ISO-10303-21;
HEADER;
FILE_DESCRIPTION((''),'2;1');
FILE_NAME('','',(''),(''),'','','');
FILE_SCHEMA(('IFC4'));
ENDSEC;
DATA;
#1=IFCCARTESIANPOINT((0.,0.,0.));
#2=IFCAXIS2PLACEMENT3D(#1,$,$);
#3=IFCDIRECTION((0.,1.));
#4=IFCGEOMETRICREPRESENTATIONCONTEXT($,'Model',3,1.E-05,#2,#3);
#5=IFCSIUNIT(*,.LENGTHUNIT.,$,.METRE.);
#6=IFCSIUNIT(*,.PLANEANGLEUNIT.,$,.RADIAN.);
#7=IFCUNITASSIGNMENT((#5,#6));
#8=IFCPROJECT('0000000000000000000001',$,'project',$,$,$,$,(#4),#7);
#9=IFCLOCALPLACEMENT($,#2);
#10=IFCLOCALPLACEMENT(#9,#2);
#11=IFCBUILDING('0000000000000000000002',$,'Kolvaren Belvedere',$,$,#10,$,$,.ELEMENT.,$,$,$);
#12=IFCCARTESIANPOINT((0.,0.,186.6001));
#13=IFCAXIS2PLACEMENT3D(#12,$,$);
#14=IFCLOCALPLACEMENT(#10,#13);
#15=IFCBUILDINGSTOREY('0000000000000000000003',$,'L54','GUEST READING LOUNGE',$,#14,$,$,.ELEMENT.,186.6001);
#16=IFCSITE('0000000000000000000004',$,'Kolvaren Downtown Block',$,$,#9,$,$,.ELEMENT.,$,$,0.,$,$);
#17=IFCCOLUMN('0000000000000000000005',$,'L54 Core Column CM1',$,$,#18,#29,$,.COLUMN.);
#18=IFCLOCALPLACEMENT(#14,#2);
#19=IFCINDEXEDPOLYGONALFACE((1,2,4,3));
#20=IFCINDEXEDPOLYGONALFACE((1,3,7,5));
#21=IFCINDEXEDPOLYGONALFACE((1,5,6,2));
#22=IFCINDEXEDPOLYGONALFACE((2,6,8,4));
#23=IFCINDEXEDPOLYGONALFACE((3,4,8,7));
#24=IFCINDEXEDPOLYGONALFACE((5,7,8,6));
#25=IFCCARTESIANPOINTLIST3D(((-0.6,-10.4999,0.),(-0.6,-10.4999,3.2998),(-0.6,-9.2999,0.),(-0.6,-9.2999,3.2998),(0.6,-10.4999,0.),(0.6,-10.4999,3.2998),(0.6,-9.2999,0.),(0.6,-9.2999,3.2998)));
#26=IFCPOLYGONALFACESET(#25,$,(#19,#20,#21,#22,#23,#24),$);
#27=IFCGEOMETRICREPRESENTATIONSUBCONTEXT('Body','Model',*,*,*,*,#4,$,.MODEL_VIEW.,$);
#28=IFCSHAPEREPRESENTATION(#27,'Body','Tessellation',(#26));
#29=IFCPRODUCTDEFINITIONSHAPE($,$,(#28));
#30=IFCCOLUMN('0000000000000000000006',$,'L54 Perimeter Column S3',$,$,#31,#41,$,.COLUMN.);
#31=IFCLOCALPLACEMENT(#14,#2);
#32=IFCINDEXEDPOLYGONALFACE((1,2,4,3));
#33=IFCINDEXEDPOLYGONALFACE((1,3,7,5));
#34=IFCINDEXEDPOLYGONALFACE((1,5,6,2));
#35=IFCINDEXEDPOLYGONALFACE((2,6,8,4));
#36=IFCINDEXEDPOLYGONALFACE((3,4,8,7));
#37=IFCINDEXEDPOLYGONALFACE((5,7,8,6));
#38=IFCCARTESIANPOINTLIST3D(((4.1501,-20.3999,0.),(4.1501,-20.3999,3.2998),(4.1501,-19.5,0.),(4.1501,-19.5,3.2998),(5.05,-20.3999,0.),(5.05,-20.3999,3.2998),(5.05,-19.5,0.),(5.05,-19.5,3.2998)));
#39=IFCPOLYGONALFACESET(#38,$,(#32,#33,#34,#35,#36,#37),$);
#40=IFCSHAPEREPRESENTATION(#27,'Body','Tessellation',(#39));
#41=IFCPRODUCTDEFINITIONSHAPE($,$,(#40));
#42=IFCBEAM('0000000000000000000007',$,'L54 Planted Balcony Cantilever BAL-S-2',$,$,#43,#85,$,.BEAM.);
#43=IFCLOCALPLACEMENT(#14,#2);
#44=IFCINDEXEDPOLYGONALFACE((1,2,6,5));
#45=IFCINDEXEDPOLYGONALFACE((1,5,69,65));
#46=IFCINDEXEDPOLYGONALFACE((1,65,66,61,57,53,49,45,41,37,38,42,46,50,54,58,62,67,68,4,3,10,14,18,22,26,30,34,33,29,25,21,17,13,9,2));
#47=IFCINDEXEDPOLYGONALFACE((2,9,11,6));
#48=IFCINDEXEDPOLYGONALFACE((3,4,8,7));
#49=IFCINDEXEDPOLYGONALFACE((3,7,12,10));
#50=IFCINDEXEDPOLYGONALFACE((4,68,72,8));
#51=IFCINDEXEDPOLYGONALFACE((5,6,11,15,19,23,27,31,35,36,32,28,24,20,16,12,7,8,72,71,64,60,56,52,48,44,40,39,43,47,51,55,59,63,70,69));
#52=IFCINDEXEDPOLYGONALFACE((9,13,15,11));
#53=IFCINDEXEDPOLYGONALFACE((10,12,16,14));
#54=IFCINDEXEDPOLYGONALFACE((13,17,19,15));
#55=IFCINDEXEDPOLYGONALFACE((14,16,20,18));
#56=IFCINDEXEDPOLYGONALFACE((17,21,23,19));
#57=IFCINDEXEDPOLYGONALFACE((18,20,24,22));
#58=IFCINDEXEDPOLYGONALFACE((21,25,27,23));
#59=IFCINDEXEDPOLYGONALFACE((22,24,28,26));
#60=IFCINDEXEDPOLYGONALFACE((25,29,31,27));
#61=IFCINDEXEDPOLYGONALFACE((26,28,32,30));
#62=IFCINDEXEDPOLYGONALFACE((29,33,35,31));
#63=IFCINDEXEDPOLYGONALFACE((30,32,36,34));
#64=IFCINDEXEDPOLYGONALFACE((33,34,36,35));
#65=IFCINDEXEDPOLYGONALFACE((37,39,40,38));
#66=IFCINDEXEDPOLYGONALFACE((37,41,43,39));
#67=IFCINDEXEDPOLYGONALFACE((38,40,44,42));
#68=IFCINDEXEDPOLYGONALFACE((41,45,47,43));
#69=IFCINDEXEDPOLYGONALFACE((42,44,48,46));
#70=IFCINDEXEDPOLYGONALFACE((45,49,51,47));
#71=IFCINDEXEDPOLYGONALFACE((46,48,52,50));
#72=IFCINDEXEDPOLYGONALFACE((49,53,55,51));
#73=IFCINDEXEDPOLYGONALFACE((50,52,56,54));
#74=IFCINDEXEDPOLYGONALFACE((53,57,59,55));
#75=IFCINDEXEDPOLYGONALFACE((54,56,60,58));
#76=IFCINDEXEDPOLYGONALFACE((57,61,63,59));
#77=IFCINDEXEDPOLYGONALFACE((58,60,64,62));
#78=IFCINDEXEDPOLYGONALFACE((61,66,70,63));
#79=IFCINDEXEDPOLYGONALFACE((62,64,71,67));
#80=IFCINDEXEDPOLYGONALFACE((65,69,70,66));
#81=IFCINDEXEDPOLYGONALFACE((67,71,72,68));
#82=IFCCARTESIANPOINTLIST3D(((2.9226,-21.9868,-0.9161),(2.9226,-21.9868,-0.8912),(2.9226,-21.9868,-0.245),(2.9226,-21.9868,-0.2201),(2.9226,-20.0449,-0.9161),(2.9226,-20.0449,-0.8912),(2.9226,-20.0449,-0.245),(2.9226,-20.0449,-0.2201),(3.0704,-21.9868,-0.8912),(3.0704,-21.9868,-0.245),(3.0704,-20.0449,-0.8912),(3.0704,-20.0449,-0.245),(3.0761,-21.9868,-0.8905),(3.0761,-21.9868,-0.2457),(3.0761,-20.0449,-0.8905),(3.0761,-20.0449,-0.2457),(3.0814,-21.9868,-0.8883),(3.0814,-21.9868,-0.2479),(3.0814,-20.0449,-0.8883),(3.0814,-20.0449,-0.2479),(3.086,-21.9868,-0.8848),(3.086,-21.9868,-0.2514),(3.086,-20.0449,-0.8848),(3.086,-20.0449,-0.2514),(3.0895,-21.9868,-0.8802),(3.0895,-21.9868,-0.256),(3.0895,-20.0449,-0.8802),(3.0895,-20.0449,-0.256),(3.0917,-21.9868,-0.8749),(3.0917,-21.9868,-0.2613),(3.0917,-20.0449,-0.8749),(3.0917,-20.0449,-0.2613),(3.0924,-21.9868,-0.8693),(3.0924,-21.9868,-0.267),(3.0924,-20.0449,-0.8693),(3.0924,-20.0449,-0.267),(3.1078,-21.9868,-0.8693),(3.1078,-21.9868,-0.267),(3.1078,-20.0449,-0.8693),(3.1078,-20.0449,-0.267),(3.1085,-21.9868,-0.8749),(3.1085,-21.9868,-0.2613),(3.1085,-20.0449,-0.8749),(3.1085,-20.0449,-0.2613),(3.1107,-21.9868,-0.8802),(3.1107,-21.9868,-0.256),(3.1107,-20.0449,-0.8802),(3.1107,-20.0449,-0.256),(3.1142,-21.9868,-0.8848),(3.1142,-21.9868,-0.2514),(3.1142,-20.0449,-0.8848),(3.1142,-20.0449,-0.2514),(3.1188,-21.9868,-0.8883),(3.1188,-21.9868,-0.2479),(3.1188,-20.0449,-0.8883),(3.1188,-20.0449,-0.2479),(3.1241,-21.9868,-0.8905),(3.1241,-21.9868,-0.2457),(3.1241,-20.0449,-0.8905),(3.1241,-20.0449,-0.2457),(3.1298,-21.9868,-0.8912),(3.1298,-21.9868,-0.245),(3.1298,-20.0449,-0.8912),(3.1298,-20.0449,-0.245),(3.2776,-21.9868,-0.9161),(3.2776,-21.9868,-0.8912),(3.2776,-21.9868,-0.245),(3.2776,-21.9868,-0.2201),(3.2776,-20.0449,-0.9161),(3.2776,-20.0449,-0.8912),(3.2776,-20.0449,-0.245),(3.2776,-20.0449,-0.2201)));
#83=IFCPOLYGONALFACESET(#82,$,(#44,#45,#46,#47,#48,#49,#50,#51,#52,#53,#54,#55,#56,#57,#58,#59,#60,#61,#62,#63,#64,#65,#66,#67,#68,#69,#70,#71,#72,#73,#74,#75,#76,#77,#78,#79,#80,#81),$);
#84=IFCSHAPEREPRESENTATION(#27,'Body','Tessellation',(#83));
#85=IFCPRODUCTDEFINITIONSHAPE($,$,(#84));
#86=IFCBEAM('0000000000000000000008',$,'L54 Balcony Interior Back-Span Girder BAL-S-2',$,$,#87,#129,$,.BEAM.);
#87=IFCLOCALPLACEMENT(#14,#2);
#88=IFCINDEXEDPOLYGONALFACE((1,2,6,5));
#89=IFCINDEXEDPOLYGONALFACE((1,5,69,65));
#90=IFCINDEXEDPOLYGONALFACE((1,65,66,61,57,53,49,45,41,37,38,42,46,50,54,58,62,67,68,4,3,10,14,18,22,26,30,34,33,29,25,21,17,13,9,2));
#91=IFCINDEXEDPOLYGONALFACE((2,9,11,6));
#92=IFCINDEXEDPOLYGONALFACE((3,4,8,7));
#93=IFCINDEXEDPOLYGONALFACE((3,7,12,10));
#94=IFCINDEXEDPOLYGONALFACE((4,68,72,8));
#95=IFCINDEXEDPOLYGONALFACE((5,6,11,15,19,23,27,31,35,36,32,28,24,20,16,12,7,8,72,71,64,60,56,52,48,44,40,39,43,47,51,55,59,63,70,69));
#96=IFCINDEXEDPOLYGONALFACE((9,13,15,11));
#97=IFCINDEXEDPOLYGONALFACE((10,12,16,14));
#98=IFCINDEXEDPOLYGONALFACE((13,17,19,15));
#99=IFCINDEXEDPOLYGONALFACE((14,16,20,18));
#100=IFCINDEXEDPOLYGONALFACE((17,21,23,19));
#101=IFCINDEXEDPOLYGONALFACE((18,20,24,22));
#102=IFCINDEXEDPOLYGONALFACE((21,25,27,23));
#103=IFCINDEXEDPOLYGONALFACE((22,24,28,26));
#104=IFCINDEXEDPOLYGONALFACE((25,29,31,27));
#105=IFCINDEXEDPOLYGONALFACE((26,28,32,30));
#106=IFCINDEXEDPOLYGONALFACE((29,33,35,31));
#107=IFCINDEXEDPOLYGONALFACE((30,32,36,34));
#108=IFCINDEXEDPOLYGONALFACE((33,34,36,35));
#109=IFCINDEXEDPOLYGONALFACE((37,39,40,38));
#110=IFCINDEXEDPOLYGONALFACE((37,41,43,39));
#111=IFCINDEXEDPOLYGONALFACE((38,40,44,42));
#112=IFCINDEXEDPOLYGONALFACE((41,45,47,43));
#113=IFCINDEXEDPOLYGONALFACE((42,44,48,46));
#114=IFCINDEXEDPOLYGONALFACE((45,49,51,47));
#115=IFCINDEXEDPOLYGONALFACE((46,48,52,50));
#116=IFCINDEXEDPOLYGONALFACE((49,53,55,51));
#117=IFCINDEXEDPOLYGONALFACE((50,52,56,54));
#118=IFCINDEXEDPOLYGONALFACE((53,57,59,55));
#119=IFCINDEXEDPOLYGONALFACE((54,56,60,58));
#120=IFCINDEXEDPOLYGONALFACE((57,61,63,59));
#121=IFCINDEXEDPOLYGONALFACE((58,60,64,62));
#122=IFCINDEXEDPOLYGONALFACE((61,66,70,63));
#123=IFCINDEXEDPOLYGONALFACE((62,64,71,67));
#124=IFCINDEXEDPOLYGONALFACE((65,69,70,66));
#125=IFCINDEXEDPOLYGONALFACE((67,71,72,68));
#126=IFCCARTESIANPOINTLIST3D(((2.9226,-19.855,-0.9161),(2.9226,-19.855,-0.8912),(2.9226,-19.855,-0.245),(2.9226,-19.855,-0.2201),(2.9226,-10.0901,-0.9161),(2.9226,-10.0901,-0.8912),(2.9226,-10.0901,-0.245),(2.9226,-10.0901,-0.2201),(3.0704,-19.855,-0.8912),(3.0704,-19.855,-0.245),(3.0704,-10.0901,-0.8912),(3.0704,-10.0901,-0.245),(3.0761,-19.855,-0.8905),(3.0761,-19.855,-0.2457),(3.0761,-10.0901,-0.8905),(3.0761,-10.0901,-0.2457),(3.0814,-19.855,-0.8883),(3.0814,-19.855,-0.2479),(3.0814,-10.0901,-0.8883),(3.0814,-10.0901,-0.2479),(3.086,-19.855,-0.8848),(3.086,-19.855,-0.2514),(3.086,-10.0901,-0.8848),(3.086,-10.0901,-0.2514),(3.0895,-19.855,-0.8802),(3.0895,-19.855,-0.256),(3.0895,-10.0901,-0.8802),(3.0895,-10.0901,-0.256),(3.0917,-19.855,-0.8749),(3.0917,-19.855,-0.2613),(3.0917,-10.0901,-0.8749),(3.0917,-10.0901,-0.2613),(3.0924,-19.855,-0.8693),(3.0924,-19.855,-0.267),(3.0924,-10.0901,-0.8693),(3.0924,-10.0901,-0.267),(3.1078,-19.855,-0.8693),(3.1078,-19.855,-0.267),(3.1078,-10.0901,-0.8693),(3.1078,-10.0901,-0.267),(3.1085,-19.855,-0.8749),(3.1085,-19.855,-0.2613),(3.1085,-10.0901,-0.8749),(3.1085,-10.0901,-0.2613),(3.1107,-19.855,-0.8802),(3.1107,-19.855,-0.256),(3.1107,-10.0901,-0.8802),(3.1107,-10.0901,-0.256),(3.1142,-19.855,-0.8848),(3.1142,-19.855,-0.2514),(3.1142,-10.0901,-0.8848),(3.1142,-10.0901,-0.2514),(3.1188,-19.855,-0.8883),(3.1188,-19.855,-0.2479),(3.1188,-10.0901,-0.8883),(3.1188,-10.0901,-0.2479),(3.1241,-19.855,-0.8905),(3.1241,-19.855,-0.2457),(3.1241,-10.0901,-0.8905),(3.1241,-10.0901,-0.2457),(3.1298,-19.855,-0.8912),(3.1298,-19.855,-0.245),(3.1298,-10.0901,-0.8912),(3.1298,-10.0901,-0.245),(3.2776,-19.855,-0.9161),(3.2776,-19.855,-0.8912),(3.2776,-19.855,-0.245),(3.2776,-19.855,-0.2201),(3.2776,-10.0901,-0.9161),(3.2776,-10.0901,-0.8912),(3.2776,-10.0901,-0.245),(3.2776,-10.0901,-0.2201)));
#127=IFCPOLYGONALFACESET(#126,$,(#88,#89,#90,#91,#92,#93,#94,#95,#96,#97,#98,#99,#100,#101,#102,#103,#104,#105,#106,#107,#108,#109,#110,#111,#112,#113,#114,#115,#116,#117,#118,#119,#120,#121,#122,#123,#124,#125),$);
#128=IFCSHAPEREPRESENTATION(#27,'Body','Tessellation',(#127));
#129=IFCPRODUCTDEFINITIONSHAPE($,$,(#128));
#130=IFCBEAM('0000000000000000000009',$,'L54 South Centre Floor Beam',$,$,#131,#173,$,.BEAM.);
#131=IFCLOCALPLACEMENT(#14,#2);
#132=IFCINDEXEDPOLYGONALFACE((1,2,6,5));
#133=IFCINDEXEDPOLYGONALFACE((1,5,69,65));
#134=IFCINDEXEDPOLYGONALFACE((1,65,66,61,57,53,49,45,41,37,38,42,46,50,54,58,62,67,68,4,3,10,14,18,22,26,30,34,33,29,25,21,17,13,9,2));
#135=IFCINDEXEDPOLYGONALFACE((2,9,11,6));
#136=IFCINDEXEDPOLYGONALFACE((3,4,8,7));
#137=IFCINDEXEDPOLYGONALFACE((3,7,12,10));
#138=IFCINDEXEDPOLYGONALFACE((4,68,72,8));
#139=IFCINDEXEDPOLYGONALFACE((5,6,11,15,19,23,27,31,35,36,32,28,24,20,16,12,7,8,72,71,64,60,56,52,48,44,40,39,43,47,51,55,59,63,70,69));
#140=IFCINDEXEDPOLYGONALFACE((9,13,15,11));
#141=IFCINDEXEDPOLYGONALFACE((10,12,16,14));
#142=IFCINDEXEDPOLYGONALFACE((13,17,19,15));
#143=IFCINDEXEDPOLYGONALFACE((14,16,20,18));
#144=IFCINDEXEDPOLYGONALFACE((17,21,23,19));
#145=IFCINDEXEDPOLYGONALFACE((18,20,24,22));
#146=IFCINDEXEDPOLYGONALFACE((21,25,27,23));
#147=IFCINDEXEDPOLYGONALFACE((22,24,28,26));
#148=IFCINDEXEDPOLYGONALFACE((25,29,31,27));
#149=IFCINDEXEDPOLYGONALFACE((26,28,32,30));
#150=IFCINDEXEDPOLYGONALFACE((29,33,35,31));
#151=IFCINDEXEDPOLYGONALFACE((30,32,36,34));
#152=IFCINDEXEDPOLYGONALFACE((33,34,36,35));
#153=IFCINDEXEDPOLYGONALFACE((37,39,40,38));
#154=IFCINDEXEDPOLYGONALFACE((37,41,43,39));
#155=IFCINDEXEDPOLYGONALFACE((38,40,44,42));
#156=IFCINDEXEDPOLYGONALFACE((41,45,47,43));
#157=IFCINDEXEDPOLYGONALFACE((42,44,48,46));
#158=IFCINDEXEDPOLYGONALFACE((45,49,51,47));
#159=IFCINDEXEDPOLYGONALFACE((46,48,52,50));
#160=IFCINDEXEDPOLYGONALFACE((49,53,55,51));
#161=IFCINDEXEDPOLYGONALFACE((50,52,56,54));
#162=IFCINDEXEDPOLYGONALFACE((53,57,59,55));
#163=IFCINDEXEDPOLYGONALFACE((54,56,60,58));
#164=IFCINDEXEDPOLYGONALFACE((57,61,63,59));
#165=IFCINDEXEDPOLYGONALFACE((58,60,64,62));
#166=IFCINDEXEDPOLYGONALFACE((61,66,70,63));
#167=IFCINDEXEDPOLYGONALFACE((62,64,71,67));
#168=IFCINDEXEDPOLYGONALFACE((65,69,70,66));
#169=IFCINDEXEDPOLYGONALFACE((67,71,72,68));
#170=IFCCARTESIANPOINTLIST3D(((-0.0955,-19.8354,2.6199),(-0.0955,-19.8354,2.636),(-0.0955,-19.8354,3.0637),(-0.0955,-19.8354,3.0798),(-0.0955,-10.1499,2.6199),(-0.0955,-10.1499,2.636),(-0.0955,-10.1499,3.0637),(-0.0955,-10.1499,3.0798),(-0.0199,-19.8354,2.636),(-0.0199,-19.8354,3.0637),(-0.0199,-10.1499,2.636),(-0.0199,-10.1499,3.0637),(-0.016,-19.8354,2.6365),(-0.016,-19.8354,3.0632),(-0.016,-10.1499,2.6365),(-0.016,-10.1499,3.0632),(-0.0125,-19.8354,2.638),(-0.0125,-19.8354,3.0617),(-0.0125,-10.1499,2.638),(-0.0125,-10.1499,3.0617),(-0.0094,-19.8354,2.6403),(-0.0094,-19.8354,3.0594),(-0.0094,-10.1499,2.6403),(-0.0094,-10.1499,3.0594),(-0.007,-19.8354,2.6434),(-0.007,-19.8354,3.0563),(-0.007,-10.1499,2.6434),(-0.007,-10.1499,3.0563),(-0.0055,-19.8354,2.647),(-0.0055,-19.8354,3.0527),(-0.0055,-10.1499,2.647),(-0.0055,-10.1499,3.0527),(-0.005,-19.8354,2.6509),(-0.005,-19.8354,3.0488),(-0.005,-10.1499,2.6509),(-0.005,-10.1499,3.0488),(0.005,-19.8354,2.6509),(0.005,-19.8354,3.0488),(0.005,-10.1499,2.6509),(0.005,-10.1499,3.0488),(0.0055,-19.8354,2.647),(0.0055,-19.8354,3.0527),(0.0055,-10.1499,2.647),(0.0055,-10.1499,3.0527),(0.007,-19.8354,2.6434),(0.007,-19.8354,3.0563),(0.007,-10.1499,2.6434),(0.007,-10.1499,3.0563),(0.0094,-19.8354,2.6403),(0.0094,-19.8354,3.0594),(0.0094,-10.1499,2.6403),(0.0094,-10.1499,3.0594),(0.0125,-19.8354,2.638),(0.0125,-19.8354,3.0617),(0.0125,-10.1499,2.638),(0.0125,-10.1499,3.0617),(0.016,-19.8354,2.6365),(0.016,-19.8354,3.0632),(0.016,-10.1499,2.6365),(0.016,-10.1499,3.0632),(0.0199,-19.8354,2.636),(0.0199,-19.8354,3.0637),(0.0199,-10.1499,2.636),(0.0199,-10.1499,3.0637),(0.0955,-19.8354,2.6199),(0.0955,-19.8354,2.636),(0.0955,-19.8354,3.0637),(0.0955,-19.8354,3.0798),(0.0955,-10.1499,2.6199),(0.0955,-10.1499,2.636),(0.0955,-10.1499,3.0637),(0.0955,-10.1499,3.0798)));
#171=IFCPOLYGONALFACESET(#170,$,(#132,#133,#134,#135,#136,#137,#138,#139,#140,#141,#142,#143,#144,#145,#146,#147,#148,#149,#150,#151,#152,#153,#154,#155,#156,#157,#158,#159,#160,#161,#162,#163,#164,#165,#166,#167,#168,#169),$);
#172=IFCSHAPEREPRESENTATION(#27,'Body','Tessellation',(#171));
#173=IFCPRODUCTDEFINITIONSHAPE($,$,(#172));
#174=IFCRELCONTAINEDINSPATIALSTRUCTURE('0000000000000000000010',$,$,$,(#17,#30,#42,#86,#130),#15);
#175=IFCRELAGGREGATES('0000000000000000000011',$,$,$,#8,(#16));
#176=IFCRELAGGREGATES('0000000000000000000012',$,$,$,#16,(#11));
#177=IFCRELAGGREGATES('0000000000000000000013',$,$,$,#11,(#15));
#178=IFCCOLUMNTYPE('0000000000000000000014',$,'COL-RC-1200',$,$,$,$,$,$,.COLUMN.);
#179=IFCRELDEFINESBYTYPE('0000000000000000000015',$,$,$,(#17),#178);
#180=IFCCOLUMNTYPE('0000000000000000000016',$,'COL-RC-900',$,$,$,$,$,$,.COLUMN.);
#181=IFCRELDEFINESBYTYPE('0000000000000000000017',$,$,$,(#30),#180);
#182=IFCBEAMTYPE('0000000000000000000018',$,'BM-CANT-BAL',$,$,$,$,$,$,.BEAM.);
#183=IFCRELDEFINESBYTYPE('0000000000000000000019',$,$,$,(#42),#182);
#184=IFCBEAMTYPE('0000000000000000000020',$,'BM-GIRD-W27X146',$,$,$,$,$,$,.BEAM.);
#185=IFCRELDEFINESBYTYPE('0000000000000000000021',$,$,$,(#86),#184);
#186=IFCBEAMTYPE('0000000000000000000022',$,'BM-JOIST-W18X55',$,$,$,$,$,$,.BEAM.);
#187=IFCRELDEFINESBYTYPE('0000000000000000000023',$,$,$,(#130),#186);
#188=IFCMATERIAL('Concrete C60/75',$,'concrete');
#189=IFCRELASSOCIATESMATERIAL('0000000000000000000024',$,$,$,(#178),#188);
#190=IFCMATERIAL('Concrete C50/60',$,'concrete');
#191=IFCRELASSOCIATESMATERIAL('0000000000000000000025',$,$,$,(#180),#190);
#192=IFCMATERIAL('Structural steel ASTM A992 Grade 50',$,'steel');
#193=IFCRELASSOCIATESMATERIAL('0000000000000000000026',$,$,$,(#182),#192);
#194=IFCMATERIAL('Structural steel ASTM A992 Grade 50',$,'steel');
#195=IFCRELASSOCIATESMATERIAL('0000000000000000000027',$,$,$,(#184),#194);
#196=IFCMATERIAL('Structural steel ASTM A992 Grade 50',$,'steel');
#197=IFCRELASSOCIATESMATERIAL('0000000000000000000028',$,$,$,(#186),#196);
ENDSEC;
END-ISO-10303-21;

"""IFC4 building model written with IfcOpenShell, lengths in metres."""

from ifc_helpers import new_model, si_unit, direction, frame, origin, origin_2d, place, context, subcontext, project, spatial, rectangle, i_section, extrude, material, material_profile, profile_set, type_object, element, save


model = new_model("IFC4")

# Units and contexts
model_context = context("Model", 3, precision=1e-05, world=origin(), true_north=direction((0.0, 1.0)))
body_context = subcontext(model_context, "Body", "Model", "MODEL_VIEW")
ifc_project = project(units=[si_unit("LENGTHUNIT", "METRE"), si_unit("PLANEANGLEUNIT", "RADIAN")], contexts=[model_context])

# Site, building, storey
site_placement = place(None, origin())
site = spatial("IfcSite", under=ifc_project, at=site_placement, Name="Kolvaren Downtown Block", CompositionType="ELEMENT", RefElevation=0.0)
building_placement = place(site_placement, origin())
building = spatial("IfcBuilding", under=site, at=building_placement, Name="Kolvaren Belvedere", CompositionType="ELEMENT")
storey_placement = place(building_placement, frame((0.0, 0.0, 186.6001)))
storey = spatial("IfcBuildingStorey", under=building, at=storey_placement, Name="L54", Description="GUEST READING LOUNGE", CompositionType="ELEMENT", Elevation=186.6001)

# Columns
ifc_material_1 = material(Name="Concrete C60/75", Category="concrete")
ifc_material_profile_1 = material_profile(ifc_material_1, rectangle(XDim=1.2, YDim=1.2, at=origin_2d()), Name="RC 1200X1200")
ifc_profile_set_1 = profile_set([ifc_material_profile_1], Name="Concrete C60/75")
column_type_1 = type_object("IfcColumnType", Name="COL-RC-1200", PredefinedType="COLUMN", material=ifc_profile_set_1)
column_1_placement = place(storey_placement, frame((0.0, -9.8999, 0.0), z_axis=(0.0, 0.0, 1.0), x_axis=(1.0, 0.0, 0.0)))
element("IfcColumn", 1, at=column_1_placement, inside=storey, type_object=column_type_1, Name="L54 Core Column CM1", PredefinedType="COLUMN", context=body_context, shape_type="SweptSolid", body=[
    extrude(rectangle(XDim=1.2, YDim=1.2, at=origin_2d()), origin(), (0.0, 0.0, 1.0), 3.2998),
])
ifc_material_2 = material(Name="Concrete C50/60", Category="concrete")
ifc_material_profile_2 = material_profile(ifc_material_2, rectangle(XDim=0.8999, YDim=0.8999, at=origin_2d()), Name="RC 900X900")
ifc_profile_set_2 = profile_set([ifc_material_profile_2], Name="Concrete C50/60")
column_type_2 = type_object("IfcColumnType", Name="COL-RC-900", PredefinedType="COLUMN", material=ifc_profile_set_2)
column_2_placement = place(storey_placement, frame((4.6001, -19.95, 0.0), z_axis=(0.0, 0.0, 1.0), x_axis=(1.0, 0.0, 0.0)))
element("IfcColumn", 2, at=column_2_placement, inside=storey, type_object=column_type_2, Name="L54 Perimeter Column S3", PredefinedType="COLUMN", context=body_context, shape_type="SweptSolid", body=[
    extrude(rectangle(XDim=0.8999, YDim=0.8999, at=origin_2d()), origin(), (0.0, 0.0, 1.0), 3.2998),
])

# Beams
ifc_material_3 = material(Name="Structural steel ASTM A992 Grade 50", Category="steel")
ifc_material_profile_3 = material_profile(ifc_material_3, i_section(OverallWidth=0.355, OverallDepth=0.696, WebThickness=0.0154, FlangeThickness=0.0249, FilletRadius=0.022, at=origin_2d()), Name="W27X146")
ifc_profile_set_3 = profile_set([ifc_material_profile_3], Name="Structural steel ASTM A992 Grade 50")
beam_type_1 = type_object("IfcBeamType", Name="BM-CANT-BAL", PredefinedType="BEAM", material=ifc_profile_set_3)
beam_1_placement = place(storey_placement, frame((3.1001, -20.0449, -0.5681), z_axis=(0.0, -1.0, 0.0), x_axis=(1.0, 0.0, 0.0)))
element("IfcBeam", 3, at=beam_1_placement, inside=storey, type_object=beam_type_1, Name="L54 Planted Balcony Cantilever BAL-S-2", PredefinedType="BEAM", context=body_context, shape_type="SweptSolid", body=[
    extrude(i_section(OverallWidth=0.355, OverallDepth=0.696, WebThickness=0.0154, FlangeThickness=0.0249, FilletRadius=0.022, at=origin_2d()), origin(), (0.0, 0.0, 1.0), 1.9419),
])
ifc_material_4 = material(Name="Structural steel ASTM A992 Grade 50", Category="steel")
ifc_material_profile_4 = material_profile(ifc_material_4, i_section(OverallWidth=0.355, OverallDepth=0.696, WebThickness=0.0154, FlangeThickness=0.0249, FilletRadius=0.022, at=origin_2d()), Name="W27X146")
ifc_profile_set_4 = profile_set([ifc_material_profile_4], Name="Structural steel ASTM A992 Grade 50")
beam_type_2 = type_object("IfcBeamType", Name="BM-GIRD-W27X146", PredefinedType="BEAM", material=ifc_profile_set_4)
beam_2_placement = place(storey_placement, frame((3.1001, -10.0901, -0.5681), z_axis=(0.0, -1.0, 0.0), x_axis=(1.0, 0.0, 0.0)))
element("IfcBeam", 4, at=beam_2_placement, inside=storey, type_object=beam_type_2, Name="L54 Balcony Interior Back-Span Girder BAL-S-2", PredefinedType="BEAM", context=body_context, shape_type="SweptSolid", body=[
    extrude(i_section(OverallWidth=0.355, OverallDepth=0.696, WebThickness=0.0154, FlangeThickness=0.0249, FilletRadius=0.022, at=origin_2d()), origin(), (0.0, 0.0, 1.0), 9.7649),
])
ifc_material_5 = material(Name="Structural steel ASTM A992 Grade 50", Category="steel")
ifc_material_profile_5 = material_profile(ifc_material_5, i_section(OverallWidth=0.1909, OverallDepth=0.46, WebThickness=0.01, FlangeThickness=0.0161, FilletRadius=0.0149, at=origin_2d()), Name="W18X55")
ifc_profile_set_5 = profile_set([ifc_material_profile_5], Name="Structural steel ASTM A992 Grade 50")
beam_type_3 = type_object("IfcBeamType", Name="BM-JOIST-W18X55", PredefinedType="BEAM", material=ifc_profile_set_5)
beam_3_placement = place(storey_placement, frame((0.0, -10.1499, 2.8499), z_axis=(0.0, -1.0, 0.0), x_axis=(1.0, 0.0, 0.0)))
element("IfcBeam", 5, at=beam_3_placement, inside=storey, type_object=beam_type_3, Name="L54 South Centre Floor Beam", PredefinedType="BEAM", context=body_context, shape_type="SweptSolid", body=[
    extrude(i_section(OverallWidth=0.1909, OverallDepth=0.46, WebThickness=0.01, FlangeThickness=0.0161, FilletRadius=0.0149, at=origin_2d()), origin(), (0.0, 0.0, 1.0), 9.6855),
])

save(model, "model.ifc")
